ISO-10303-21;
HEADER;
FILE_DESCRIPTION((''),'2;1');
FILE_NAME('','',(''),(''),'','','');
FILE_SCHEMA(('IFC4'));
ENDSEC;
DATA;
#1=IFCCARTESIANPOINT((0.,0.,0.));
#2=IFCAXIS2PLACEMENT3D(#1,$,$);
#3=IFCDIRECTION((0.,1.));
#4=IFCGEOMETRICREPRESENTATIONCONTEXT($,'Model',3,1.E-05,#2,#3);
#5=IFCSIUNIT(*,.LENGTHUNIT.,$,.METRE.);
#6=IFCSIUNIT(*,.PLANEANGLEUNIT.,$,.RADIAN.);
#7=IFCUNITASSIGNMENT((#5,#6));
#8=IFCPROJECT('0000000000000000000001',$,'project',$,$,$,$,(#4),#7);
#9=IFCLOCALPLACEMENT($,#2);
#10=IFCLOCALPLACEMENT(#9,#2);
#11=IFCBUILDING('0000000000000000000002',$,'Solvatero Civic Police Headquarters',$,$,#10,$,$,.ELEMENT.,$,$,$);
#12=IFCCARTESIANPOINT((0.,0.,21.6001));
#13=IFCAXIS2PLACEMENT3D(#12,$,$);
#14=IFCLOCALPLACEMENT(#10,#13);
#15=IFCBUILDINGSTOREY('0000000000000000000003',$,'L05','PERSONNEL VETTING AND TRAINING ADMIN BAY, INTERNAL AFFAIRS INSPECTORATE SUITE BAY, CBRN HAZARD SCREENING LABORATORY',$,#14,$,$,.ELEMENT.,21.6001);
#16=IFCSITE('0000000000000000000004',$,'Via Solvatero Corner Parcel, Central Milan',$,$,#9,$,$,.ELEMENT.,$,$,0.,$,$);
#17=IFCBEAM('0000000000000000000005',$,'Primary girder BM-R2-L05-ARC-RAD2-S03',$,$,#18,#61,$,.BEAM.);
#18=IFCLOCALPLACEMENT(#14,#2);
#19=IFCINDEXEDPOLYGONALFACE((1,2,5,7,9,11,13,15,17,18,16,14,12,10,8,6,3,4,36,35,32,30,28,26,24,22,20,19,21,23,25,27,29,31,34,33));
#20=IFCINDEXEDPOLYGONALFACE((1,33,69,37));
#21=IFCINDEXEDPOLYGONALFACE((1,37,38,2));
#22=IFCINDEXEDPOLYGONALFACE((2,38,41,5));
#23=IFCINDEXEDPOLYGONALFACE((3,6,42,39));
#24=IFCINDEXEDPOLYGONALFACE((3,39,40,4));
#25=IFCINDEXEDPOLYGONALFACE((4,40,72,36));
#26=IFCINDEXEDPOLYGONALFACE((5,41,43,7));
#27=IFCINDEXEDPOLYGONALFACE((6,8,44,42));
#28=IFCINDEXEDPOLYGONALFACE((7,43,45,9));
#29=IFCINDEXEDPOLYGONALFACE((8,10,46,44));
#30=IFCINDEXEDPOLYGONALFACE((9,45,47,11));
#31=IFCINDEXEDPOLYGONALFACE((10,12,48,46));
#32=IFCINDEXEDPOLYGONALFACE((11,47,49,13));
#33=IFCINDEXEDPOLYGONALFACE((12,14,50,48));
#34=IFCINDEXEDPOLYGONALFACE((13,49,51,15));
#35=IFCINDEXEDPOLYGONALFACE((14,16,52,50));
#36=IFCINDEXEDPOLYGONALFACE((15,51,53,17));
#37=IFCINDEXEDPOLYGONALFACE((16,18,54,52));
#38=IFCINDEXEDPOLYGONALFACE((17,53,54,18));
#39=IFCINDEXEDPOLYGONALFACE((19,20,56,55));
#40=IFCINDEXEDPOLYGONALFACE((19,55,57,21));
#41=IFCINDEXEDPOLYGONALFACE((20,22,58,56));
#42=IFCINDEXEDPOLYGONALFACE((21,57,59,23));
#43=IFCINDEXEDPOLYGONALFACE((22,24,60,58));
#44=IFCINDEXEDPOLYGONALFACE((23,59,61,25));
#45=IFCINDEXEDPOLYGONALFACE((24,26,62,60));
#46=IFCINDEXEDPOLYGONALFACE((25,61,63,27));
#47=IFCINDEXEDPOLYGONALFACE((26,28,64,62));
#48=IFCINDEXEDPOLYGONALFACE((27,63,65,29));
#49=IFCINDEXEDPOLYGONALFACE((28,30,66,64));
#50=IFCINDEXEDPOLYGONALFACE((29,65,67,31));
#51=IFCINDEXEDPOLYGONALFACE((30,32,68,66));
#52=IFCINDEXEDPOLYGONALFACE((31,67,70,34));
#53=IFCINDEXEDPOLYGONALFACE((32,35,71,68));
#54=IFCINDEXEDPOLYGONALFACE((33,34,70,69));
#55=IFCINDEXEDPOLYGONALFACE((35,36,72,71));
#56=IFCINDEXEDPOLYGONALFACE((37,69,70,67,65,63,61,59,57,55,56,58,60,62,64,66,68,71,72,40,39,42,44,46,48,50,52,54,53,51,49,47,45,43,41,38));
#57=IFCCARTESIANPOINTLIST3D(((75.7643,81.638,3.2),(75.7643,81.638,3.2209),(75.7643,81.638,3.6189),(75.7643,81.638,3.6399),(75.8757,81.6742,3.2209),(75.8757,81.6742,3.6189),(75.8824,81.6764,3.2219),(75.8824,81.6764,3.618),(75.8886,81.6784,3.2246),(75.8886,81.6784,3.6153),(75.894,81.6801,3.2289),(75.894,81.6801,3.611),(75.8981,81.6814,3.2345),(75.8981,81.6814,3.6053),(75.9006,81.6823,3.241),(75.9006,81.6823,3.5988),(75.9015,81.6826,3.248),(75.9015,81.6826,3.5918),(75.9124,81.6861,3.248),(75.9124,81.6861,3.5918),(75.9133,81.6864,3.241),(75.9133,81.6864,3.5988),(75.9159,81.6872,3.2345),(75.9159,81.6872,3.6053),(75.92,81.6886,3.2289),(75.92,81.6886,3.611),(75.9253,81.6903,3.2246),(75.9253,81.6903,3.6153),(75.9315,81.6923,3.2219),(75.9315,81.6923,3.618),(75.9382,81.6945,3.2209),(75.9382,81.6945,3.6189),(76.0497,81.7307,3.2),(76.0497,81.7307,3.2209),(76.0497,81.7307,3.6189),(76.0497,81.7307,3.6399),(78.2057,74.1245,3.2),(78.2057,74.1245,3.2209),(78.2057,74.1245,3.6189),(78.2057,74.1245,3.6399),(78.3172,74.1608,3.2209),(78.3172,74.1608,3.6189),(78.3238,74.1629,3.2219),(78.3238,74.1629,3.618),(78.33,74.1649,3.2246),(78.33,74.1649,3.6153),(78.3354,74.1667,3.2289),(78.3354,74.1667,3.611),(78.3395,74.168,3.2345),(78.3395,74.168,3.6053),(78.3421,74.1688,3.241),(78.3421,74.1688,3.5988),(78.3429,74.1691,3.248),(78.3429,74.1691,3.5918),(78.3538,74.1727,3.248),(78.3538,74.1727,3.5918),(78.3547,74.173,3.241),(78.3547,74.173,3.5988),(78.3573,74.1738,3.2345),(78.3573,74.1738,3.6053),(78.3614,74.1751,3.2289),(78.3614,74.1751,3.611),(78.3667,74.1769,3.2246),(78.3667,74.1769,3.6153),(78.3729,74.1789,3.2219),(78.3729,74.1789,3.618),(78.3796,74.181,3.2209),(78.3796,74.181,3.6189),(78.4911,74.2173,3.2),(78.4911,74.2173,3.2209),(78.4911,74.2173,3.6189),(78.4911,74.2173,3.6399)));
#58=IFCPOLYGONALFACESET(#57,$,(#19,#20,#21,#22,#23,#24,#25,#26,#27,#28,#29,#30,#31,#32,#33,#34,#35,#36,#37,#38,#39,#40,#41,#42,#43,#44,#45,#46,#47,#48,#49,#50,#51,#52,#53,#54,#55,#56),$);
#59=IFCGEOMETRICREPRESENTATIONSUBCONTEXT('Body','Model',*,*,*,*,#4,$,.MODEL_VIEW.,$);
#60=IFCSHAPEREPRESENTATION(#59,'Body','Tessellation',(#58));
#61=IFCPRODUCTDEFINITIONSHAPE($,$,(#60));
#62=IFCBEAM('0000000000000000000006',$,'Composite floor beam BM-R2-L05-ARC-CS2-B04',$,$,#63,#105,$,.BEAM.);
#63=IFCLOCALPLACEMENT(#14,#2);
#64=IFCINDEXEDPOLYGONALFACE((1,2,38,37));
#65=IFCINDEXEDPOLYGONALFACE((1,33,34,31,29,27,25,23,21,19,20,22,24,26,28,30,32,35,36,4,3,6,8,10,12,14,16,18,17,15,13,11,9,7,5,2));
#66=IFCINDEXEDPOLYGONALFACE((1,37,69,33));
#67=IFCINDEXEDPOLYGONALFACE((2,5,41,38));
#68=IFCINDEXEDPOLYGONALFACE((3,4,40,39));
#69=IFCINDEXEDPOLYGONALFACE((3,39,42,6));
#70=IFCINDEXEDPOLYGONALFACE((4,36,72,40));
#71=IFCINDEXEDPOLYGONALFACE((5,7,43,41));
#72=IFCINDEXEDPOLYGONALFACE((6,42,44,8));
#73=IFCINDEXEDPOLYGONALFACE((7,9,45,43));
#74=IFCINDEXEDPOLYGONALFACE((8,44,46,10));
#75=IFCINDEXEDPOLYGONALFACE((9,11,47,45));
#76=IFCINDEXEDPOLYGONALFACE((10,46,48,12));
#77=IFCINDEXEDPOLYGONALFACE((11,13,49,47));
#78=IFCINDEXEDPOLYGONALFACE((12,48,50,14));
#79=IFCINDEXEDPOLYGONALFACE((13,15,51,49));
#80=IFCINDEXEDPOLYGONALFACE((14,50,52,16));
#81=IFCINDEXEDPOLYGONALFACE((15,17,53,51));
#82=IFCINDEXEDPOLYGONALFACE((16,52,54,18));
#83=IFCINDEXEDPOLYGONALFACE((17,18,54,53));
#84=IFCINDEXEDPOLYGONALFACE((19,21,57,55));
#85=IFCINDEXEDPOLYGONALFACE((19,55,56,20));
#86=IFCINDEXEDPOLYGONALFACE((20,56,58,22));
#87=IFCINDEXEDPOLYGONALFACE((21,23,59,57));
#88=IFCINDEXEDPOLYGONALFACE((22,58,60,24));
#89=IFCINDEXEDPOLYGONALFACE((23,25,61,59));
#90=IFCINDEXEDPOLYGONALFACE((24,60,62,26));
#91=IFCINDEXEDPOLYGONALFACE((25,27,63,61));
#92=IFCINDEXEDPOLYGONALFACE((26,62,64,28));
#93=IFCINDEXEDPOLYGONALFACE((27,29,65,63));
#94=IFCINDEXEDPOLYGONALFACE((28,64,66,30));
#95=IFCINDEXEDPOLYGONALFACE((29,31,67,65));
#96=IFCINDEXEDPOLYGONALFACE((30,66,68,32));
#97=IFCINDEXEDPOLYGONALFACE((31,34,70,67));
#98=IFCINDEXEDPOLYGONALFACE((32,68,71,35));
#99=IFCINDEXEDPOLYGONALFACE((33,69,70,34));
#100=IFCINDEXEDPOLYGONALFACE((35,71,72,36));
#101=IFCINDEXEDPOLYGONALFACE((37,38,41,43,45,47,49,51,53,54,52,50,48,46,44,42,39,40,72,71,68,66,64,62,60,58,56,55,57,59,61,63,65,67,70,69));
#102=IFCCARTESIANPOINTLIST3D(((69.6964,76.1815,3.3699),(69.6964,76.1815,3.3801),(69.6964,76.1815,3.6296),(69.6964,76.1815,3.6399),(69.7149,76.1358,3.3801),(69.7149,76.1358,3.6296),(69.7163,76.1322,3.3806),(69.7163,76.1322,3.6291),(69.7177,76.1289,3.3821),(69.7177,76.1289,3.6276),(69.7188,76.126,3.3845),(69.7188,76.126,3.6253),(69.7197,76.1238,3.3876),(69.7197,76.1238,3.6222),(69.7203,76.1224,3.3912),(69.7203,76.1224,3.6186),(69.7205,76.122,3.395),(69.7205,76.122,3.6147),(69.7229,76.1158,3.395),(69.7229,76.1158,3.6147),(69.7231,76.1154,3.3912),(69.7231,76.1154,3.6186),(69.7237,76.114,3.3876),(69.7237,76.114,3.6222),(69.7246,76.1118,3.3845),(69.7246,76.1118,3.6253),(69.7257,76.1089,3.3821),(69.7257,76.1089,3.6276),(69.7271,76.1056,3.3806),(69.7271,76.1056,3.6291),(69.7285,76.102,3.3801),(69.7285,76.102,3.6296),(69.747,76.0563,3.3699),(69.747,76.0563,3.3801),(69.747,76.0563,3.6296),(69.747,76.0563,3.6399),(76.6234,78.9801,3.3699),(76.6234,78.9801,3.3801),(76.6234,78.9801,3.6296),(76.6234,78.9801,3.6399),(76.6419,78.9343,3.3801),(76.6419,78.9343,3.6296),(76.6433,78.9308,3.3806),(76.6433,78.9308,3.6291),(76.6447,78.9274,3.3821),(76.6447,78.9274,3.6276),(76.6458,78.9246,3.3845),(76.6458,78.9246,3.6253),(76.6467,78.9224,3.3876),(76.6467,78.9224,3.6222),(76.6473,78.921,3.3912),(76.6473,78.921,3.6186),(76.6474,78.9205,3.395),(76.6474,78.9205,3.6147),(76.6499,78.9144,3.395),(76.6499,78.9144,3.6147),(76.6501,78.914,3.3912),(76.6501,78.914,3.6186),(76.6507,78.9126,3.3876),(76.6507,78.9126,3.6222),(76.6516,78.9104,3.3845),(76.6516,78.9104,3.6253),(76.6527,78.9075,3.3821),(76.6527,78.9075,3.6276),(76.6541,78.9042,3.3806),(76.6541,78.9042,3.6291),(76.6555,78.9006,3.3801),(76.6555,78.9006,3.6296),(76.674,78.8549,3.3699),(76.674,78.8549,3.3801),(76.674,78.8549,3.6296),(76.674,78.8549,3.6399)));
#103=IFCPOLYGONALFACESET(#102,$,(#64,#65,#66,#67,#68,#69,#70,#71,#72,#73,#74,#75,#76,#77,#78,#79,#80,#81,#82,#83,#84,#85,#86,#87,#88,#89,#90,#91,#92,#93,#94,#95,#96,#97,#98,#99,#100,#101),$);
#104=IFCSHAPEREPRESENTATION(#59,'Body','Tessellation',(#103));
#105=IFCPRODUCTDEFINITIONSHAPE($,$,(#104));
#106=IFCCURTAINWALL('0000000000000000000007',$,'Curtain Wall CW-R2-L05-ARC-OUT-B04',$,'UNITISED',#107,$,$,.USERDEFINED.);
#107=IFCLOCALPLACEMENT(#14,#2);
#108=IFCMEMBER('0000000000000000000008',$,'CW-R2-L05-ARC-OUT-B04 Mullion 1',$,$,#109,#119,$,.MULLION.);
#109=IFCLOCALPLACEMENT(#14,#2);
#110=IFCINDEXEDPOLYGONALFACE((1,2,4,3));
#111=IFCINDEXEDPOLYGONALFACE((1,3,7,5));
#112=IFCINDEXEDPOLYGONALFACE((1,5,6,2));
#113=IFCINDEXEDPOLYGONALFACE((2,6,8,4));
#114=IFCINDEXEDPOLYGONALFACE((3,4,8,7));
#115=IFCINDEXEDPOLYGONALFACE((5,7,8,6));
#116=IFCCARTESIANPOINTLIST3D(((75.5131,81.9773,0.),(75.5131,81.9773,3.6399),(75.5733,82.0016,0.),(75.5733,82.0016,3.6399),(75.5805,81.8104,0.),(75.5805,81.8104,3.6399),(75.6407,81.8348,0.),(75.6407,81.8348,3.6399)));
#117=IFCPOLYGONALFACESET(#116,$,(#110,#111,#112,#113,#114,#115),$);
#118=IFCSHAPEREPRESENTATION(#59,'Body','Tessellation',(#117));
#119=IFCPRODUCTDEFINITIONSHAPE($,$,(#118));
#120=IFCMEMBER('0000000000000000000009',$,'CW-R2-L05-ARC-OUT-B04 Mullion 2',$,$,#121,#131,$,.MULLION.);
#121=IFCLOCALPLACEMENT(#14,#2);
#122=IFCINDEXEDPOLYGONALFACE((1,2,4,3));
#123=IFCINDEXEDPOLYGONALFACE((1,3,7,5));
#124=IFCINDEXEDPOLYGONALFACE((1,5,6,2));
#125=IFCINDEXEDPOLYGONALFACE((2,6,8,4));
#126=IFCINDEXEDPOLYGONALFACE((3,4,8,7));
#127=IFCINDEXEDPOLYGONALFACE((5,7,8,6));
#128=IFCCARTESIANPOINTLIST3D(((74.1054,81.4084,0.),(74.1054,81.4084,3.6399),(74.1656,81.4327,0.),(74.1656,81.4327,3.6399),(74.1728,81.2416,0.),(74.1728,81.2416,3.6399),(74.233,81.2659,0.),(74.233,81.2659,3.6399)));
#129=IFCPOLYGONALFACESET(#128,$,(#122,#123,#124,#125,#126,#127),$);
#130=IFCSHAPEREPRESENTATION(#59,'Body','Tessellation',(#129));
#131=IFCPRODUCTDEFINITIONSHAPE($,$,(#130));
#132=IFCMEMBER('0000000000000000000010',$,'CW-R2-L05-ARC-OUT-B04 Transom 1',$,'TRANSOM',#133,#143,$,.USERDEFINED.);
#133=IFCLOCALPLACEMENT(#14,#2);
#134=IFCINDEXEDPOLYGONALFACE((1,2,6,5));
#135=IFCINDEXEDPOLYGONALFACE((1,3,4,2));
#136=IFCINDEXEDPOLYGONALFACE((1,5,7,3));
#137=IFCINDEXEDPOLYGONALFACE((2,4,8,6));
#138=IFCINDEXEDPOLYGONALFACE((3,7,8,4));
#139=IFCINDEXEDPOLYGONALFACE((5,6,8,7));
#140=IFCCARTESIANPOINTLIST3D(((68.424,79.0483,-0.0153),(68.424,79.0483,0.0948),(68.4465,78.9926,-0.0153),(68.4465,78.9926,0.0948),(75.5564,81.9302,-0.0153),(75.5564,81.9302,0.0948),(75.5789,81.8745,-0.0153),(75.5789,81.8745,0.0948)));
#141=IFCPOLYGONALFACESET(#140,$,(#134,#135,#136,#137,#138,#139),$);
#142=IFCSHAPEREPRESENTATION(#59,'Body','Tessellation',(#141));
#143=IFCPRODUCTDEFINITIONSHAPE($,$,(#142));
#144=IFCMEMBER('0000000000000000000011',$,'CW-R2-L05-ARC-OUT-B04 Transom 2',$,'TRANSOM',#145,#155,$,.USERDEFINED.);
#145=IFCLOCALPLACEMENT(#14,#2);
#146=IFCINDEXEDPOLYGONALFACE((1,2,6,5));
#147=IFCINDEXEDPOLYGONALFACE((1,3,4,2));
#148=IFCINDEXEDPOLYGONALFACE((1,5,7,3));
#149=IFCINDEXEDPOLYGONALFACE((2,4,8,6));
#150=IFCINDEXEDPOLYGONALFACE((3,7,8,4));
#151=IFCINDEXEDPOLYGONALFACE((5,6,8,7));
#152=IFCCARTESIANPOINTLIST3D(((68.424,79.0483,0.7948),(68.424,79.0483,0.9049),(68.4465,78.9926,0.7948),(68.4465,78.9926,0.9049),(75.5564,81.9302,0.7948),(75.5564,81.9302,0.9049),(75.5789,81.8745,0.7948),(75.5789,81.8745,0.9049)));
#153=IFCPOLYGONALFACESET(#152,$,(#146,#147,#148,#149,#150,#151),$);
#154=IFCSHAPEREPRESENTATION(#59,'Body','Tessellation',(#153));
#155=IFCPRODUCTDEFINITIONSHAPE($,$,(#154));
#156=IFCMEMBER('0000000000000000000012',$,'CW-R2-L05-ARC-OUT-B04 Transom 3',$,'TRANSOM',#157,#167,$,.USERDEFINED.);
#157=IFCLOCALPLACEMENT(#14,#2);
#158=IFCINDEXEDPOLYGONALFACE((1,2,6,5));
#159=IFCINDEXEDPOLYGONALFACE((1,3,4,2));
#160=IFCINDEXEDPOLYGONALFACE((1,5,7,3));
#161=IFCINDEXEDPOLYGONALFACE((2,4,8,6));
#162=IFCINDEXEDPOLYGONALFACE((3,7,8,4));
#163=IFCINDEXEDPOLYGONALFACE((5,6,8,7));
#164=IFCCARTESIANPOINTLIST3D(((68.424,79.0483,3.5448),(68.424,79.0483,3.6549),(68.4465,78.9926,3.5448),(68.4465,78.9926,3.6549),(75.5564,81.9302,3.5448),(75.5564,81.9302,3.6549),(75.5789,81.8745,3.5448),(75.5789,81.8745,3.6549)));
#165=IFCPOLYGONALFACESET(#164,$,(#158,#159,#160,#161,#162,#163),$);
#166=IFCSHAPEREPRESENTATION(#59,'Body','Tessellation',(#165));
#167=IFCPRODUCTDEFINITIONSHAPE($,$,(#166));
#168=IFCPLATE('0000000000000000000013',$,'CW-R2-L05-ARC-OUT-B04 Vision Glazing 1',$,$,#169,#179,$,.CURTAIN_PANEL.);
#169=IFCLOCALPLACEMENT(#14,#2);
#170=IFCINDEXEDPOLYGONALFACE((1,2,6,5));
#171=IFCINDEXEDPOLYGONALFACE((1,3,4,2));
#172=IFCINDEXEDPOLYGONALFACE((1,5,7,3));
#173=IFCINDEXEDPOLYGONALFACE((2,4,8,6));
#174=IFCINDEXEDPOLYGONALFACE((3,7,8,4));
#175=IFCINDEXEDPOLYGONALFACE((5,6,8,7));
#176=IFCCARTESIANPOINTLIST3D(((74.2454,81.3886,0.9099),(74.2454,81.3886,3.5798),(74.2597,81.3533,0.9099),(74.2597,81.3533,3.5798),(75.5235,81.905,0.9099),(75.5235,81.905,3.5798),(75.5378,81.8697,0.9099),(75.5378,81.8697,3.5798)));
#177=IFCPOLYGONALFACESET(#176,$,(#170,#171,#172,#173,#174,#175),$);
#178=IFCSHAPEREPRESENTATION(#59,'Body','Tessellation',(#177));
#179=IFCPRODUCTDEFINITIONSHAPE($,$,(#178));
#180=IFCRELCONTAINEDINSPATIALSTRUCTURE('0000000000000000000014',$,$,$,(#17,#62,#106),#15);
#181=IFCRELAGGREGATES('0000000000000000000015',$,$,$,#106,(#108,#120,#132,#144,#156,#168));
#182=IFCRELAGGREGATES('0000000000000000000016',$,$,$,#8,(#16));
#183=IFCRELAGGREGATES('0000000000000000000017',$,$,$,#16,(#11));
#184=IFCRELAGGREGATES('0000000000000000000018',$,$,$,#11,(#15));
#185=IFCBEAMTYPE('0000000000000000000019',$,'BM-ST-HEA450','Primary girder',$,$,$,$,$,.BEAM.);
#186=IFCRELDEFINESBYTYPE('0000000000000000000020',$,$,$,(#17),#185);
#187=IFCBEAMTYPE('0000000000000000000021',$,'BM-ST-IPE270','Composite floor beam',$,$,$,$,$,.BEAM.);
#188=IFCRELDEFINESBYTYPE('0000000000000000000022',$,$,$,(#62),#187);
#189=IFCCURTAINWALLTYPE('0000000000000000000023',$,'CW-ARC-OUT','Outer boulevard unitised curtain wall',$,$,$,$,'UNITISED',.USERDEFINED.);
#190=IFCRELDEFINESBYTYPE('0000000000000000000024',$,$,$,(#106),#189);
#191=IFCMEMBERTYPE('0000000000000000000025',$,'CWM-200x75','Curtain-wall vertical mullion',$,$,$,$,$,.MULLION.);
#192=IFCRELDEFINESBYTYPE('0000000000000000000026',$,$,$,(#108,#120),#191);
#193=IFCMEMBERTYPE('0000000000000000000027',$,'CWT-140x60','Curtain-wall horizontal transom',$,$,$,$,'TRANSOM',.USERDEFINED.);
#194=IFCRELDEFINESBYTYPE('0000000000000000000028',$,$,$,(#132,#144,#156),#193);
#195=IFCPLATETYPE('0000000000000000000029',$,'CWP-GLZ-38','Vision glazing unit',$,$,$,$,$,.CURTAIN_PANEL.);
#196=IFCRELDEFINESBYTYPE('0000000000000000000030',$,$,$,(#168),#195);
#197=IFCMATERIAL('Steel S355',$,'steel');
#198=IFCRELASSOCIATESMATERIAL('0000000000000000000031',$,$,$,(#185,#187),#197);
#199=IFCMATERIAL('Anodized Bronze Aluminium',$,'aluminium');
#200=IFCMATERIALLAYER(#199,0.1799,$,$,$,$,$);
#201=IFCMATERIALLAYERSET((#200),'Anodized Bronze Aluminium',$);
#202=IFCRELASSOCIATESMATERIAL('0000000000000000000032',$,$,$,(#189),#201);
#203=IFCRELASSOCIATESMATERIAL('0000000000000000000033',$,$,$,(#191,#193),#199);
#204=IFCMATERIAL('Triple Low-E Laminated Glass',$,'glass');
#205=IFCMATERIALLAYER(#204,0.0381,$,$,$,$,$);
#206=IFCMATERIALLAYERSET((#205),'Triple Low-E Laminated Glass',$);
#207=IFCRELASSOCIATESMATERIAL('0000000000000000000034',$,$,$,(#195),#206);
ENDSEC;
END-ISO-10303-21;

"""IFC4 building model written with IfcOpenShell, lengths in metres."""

from ifc_helpers import new_model, si_unit, direction, frame, origin, origin_2d, place, context, subcontext, project, spatial, rectangle, i_section, extrude, material, layer, layer_set, material_profile, profile_set, type_object, element, aggregate, save


model = new_model("IFC4")

# Units and contexts
model_context = context("Model", 3, precision=1e-05, world=origin(), true_north=direction((0.0, 1.0)))
body_context = subcontext(model_context, "Body", "Model", "MODEL_VIEW")
ifc_project = project(units=[si_unit("LENGTHUNIT", "METRE"), si_unit("PLANEANGLEUNIT", "RADIAN")], contexts=[model_context])

# Site, building, storey
site_placement = place(None, origin())
site = spatial("IfcSite", under=ifc_project, at=site_placement, Name="Via Solvatero Corner Parcel, Central Milan", CompositionType="ELEMENT", RefElevation=0.0)
building_placement = place(site_placement, origin())
building = spatial("IfcBuilding", under=site, at=building_placement, Name="Solvatero Civic Police Headquarters", CompositionType="ELEMENT")
storey_placement = place(building_placement, frame((0.0, 0.0, 21.6001)))
storey = spatial("IfcBuildingStorey", under=building, at=storey_placement, Name="L05", Description="PERSONNEL VETTING AND TRAINING ADMIN BAY, INTERNAL AFFAIRS INSPECTORATE SUITE BAY, CBRN HAZARD SCREENING LABORATORY", CompositionType="ELEMENT", Elevation=21.6001)

# Shared definitions
ifc_material_1 = material(Name="Steel S355", Category="steel")

# Beams
ifc_material_profile_1 = material_profile(ifc_material_1, i_section(OverallWidth=0.3, OverallDepth=0.4399, WebThickness=0.0115, FlangeThickness=0.021, FilletRadius=0.0271, at=origin_2d()), Name="HEA 450")
ifc_profile_set_1 = profile_set([ifc_material_profile_1], Name="Steel S355")
beam_type_1 = type_object("IfcBeamType", Name="BM-ST-HEA450", Description="Primary girder", PredefinedType="BEAM", material=ifc_profile_set_1)
beam_1_placement = place(storey_placement, frame((78.3484, 74.1709, 3.4199), z_axis=(-0.309034, 0.951051, 0.0), x_axis=(-0.951051, -0.309034, 0.0)))
element("IfcBeam", 1, at=beam_1_placement, inside=storey, type_object=beam_type_1, Name="Primary girder BM-R2-L05-ARC-RAD2-S03", PredefinedType="BEAM", context=body_context, shape_type="SweptSolid", body=[
    extrude(i_section(OverallWidth=0.3, OverallDepth=0.4399, WebThickness=0.0115, FlangeThickness=0.021, FilletRadius=0.0271, at=origin_2d()), origin(), (0.0, 0.0, 1.0), 7.9001),
])
ifc_material_profile_2 = material_profile(ifc_material_1, i_section(OverallWidth=0.135, OverallDepth=0.27, WebThickness=0.0066, FlangeThickness=0.0103, FilletRadius=0.0149, at=origin_2d()), Name="IPE 270")
ifc_profile_set_2 = profile_set([ifc_material_profile_2], Name="Steel S355")
beam_type_2 = type_object("IfcBeamType", Name="BM-ST-IPE270", Description="Composite floor beam", PredefinedType="BEAM", material=ifc_profile_set_2)
beam_2_placement = place(storey_placement, frame((76.6487, 78.9175, 3.5049), z_axis=(-0.927189, -0.374594, 0.0), x_axis=(0.374594, -0.927189, 0.0)))
element("IfcBeam", 2, at=beam_2_placement, inside=storey, type_object=beam_type_2, Name="Composite floor beam BM-R2-L05-ARC-CS2-B04", PredefinedType="BEAM", context=body_context, shape_type="SweptSolid", body=[
    extrude(i_section(OverallWidth=0.135, OverallDepth=0.27, WebThickness=0.0066, FlangeThickness=0.0103, FilletRadius=0.0149, at=origin_2d()), origin(), (0.0, 0.0, 1.0), 7.4709),
])

# Curtain wall, members, plate
ifc_material_2 = material(Name="Anodized Bronze Aluminium", Category="aluminium")
ifc_layer_1 = layer(ifc_material_2, 0.1799)
ifc_layer_set_1 = layer_set([ifc_layer_1], Name="Anodized Bronze Aluminium")
curtain_wall_type = type_object("IfcCurtainWallType", Name="CW-ARC-OUT", Description="Outer boulevard unitised curtain wall", ElementType="UNITISED", PredefinedType="USERDEFINED", material=ifc_layer_set_1)
curtain_wall_placement = place(storey_placement, origin())
curtain_wall = element("IfcCurtainWall", 3, at=curtain_wall_placement, inside=storey, type_object=curtain_wall_type, Name="Curtain Wall CW-R2-L05-ARC-OUT-B04", ObjectType="UNITISED", PredefinedType="USERDEFINED")
ifc_material_profile_3 = material_profile(ifc_material_2, rectangle(XDim=0.0649, YDim=0.1799, at=origin_2d()), Name="ALU MULLION 65x180")
ifc_profile_set_3 = profile_set([ifc_material_profile_3], Name="Anodized Bronze Aluminium")
member_type_1 = type_object("IfcMemberType", Name="CWM-200x75", Description="Curtain-wall vertical mullion", PredefinedType="MULLION", material=ifc_profile_set_3)
member_1_placement = place(storey_placement, frame((75.5769, 81.906, 0.0), z_axis=(0.0, 0.0, 1.0), x_axis=(-0.927184, -0.374607, 0.0)))
member_1 = element("IfcMember", 4, at=member_1_placement, type_object=member_type_1, Name="CW-R2-L05-ARC-OUT-B04 Mullion 1", PredefinedType="MULLION", context=body_context, shape_type="SweptSolid", body=[
    extrude(rectangle(XDim=0.0649, YDim=0.1799, at=origin_2d()), origin(), (0.0, 0.0, 1.0), 3.6399),
])
member_2_placement = place(storey_placement, frame((74.1692, 81.3372, 0.0), z_axis=(0.0, 0.0, 1.0), x_axis=(-0.927184, -0.374607, 0.0)))
member_2 = element("IfcMember", 5, at=member_2_placement, type_object=member_type_1, Name="CW-R2-L05-ARC-OUT-B04 Mullion 2", PredefinedType="MULLION", context=body_context, shape_type="SweptSolid", body=[
    extrude(rectangle(XDim=0.0649, YDim=0.1799, at=origin_2d()), origin(), (0.0, 0.0, 1.0), 3.6399),
])
ifc_material_profile_4 = material_profile(ifc_material_2, rectangle(XDim=0.0601, YDim=0.1101, at=origin_2d()), Name="ALU TRANSOM 60x110")
ifc_profile_set_4 = profile_set([ifc_material_profile_4], Name="Anodized Bronze Aluminium")
member_type_2 = type_object("IfcMemberType", Name="CWT-140x60", Description="Curtain-wall horizontal transom", ElementType="TRANSOM", PredefinedType="USERDEFINED", material=ifc_profile_set_4)
member_3_placement = place(storey_placement, frame((75.5676, 81.9023, 0.0398), z_axis=(-0.927175, -0.374628, 0.0), x_axis=(0.374628, -0.927175, 0.0)))
member_3 = element("IfcMember", 6, at=member_3_placement, type_object=member_type_2, Name="CW-R2-L05-ARC-OUT-B04 Transom 1", ObjectType="TRANSOM", PredefinedType="USERDEFINED", context=body_context, shape_type="SweptSolid", body=[
    extrude(rectangle(XDim=0.0601, YDim=0.1101, at=origin_2d()), origin(), (0.0, 0.0, 1.0), 7.6926),
])
member_4_placement = place(storey_placement, frame((75.5676, 81.9023, 0.8499), z_axis=(-0.927175, -0.374628, 0.0), x_axis=(0.374628, -0.927175, 0.0)))
member_4 = element("IfcMember", 7, at=member_4_placement, type_object=member_type_2, Name="CW-R2-L05-ARC-OUT-B04 Transom 2", ObjectType="TRANSOM", PredefinedType="USERDEFINED", context=body_context, shape_type="SweptSolid", body=[
    extrude(rectangle(XDim=0.0601, YDim=0.1101, at=origin_2d()), origin(), (0.0, 0.0, 1.0), 7.6926),
])
member_5_placement = place(storey_placement, frame((75.5676, 81.9023, 3.5999), z_axis=(-0.927175, -0.374628, 0.0), x_axis=(0.374628, -0.927175, 0.0)))
member_5 = element("IfcMember", 8, at=member_5_placement, type_object=member_type_2, Name="CW-R2-L05-ARC-OUT-B04 Transom 3", ObjectType="TRANSOM", PredefinedType="USERDEFINED", context=body_context, shape_type="SweptSolid", body=[
    extrude(rectangle(XDim=0.0601, YDim=0.1101, at=origin_2d()), origin(), (0.0, 0.0, 1.0), 7.6926),
])
ifc_material_3 = material(Name="Triple Low-E Laminated Glass", Category="glass")
ifc_layer_2 = layer(ifc_material_3, 0.0381)
ifc_layer_set_2 = layer_set([ifc_layer_2], Name="Triple Low-E Laminated Glass")
plate_type_1 = type_object("IfcPlateType", Name="CWP-GLZ-38", Description="Vision glazing unit", PredefinedType="CURTAIN_PANEL", material=ifc_layer_set_2)
plate_1_placement = place(storey_placement, frame((74.8916, 81.6292, 0.9099), z_axis=(0.0, 0.0, 1.0), x_axis=(-0.927184, -0.374607, 0.0)))
plate_1 = element("IfcPlate", 9, at=plate_1_placement, type_object=plate_type_1, Name="CW-R2-L05-ARC-OUT-B04 Vision Glazing 1", PredefinedType="CURTAIN_PANEL", context=body_context, shape_type="SweptSolid", body=[
    extrude(rectangle(XDim=1.3784, YDim=0.0381, at=origin_2d()), origin(), (0.0, 0.0, 1.0), 2.6699),
])
aggregate(curtain_wall, [member_1, member_2, member_3, member_4, member_5, plate_1])

save(model, "model.ifc")
